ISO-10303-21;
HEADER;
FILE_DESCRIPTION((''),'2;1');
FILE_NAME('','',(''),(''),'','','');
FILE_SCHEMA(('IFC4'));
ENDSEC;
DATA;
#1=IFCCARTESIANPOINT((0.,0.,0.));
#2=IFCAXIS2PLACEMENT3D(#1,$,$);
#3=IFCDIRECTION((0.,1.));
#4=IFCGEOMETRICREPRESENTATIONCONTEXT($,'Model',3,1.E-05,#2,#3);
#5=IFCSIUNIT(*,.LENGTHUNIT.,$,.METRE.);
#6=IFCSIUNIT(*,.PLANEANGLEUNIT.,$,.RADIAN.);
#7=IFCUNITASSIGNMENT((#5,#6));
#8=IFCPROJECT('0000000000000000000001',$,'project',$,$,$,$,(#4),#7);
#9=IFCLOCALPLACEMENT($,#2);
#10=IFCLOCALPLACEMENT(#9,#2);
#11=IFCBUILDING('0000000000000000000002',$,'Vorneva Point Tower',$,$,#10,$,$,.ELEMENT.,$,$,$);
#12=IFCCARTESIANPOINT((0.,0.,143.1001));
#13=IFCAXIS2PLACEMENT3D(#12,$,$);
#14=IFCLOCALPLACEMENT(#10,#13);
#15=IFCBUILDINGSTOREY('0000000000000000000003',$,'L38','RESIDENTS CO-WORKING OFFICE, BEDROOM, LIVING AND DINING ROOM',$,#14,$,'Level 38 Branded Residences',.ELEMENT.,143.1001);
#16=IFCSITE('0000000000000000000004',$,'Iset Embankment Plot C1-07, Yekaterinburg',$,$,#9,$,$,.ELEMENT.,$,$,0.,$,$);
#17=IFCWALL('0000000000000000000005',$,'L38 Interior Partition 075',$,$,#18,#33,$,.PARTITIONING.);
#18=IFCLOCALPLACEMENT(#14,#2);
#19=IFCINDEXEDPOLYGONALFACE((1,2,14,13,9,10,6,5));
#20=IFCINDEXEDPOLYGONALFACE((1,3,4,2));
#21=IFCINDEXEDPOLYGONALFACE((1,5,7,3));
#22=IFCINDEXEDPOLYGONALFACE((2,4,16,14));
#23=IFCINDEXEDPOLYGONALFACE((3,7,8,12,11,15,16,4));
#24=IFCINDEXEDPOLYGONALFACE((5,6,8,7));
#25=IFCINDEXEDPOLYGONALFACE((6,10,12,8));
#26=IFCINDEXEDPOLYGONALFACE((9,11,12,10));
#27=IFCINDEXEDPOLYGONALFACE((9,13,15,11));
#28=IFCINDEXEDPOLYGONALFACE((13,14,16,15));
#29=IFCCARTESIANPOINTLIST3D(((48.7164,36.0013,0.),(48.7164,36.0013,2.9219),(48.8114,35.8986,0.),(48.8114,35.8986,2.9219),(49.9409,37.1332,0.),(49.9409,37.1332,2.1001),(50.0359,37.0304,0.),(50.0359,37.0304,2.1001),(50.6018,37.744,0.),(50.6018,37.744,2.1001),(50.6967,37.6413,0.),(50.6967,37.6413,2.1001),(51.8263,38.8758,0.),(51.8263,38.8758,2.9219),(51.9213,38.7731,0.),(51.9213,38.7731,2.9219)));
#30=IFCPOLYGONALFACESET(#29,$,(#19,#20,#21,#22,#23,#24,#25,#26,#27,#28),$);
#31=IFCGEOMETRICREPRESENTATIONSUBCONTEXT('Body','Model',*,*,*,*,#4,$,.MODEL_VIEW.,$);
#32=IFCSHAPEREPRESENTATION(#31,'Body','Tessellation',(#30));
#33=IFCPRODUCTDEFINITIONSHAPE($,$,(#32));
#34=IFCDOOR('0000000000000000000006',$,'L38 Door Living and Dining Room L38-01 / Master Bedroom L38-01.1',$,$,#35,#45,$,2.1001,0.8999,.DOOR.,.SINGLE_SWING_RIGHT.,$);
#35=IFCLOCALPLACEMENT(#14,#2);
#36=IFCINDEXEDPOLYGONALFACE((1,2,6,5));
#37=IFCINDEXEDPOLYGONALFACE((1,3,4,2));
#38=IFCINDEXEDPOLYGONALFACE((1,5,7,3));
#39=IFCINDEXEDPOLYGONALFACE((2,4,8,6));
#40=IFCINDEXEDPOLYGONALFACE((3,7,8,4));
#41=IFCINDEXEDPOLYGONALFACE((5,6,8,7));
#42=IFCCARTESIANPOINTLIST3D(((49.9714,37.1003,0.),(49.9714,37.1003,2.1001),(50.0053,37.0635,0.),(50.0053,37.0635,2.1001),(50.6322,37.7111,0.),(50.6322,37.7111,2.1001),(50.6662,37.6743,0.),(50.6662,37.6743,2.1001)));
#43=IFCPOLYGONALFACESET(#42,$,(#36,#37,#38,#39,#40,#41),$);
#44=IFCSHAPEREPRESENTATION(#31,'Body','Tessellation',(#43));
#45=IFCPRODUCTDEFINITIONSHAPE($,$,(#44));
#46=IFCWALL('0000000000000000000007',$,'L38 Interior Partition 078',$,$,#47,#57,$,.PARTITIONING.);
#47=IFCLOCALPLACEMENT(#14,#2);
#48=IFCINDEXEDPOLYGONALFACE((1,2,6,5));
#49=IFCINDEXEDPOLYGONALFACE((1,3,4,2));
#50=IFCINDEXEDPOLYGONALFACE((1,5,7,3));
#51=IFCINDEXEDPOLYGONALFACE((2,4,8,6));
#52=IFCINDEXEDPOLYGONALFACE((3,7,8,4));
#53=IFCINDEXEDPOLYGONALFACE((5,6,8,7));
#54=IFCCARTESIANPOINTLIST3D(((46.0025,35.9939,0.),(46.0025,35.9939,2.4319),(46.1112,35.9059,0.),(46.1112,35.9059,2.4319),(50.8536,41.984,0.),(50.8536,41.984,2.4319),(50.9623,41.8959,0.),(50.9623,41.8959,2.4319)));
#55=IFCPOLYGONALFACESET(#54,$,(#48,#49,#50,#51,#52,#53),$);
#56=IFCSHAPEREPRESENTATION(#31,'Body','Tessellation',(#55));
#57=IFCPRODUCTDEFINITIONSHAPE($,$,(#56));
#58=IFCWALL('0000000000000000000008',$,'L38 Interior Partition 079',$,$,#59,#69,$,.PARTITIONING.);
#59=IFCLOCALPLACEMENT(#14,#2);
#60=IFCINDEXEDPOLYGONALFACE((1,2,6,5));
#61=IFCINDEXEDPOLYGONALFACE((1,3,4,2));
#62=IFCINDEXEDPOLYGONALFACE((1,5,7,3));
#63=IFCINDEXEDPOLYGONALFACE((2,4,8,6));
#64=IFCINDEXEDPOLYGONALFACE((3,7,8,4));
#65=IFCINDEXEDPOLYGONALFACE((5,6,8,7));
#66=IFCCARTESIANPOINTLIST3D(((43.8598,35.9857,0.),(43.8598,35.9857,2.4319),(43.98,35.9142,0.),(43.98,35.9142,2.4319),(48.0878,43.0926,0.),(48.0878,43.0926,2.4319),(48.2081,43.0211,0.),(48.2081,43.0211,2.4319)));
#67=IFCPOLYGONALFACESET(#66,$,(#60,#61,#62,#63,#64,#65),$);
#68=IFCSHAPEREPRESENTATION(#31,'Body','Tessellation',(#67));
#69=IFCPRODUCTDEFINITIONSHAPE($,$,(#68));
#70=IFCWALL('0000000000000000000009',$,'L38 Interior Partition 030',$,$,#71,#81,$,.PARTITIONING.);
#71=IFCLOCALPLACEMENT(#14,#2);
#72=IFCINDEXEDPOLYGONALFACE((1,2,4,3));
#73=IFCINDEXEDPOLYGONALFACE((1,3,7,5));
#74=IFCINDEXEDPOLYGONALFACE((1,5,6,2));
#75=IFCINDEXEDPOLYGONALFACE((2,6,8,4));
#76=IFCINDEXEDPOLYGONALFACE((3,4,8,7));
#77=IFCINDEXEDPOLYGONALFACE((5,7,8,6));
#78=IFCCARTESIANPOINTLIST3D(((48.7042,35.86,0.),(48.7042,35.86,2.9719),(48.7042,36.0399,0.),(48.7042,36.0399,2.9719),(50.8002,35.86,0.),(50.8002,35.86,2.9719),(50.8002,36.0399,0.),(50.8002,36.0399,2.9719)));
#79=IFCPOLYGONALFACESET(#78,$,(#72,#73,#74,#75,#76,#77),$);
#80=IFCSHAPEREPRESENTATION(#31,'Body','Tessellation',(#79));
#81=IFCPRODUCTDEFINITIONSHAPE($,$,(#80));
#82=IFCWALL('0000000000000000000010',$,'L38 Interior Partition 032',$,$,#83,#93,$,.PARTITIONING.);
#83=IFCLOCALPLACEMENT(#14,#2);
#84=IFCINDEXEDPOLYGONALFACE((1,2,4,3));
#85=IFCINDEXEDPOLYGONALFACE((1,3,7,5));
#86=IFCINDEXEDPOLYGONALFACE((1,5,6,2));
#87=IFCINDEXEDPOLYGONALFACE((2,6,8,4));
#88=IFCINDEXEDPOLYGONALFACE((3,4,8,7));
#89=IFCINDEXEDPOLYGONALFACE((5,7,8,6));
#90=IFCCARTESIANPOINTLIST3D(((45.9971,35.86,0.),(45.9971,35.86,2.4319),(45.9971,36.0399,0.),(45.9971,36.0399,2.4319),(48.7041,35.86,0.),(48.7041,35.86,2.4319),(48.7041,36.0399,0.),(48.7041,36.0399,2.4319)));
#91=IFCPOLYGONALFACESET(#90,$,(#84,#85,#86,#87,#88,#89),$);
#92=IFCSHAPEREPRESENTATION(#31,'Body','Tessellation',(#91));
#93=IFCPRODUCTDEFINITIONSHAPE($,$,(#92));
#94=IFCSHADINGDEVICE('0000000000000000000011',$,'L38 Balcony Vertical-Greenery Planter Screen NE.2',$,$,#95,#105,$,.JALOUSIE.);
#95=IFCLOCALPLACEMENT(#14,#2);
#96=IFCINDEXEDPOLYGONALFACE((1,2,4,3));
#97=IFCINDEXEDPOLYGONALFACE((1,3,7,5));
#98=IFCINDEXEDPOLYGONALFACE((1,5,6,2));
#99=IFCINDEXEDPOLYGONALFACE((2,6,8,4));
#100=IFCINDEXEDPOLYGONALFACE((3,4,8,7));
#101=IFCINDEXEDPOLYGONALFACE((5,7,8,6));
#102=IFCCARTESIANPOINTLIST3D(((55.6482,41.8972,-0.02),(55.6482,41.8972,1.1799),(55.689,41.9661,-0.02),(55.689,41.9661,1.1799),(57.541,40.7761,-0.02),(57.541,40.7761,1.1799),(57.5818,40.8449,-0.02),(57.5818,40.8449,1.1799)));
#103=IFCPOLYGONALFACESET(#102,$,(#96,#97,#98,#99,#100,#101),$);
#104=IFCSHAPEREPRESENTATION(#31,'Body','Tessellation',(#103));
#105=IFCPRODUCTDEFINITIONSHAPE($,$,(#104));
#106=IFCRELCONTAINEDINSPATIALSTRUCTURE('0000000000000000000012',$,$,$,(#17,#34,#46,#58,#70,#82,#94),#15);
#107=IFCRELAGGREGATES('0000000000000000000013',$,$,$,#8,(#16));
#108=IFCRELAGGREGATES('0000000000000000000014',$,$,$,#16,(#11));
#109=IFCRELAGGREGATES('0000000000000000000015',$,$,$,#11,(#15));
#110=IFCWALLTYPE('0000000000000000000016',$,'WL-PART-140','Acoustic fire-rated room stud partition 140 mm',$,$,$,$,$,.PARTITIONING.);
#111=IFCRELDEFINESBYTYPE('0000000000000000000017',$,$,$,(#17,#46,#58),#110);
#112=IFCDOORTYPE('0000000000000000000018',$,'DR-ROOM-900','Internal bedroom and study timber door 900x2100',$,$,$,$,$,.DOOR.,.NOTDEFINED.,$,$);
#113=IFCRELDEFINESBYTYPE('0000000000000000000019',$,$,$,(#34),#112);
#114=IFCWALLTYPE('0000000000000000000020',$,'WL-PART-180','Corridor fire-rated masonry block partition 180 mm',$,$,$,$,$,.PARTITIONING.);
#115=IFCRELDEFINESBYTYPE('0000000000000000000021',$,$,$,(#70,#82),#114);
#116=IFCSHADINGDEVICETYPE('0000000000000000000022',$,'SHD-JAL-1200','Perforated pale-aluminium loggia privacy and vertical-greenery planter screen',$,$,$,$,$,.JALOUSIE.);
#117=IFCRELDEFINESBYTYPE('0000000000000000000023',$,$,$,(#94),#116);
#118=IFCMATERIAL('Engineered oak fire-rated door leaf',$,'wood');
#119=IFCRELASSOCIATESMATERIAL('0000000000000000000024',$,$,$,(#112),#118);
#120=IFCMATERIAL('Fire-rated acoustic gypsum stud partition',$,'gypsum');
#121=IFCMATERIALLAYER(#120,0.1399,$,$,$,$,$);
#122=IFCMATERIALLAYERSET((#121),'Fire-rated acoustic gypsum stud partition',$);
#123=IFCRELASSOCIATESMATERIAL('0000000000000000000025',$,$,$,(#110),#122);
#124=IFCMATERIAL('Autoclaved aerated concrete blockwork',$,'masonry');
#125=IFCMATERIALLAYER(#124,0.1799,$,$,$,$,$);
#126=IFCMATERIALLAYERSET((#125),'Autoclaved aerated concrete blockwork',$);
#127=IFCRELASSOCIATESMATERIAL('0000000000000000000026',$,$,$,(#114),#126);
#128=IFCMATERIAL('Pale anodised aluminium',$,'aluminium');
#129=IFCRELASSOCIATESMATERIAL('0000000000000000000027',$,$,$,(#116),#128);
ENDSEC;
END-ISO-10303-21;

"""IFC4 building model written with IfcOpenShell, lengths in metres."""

from ifc_helpers import new_model, si_unit, direction, frame, frame_2d, origin, origin_2d, place, context, subcontext, project, spatial, rectangle, extrude, material, layer, layer_set, type_object, element, fill, save


model = new_model("IFC4")

# Units and contexts
model_context = context("Model", 3, precision=1e-05, world=origin(), true_north=direction((0.0, 1.0)))
body_context = subcontext(model_context, "Body", "Model", "MODEL_VIEW")
ifc_project = project(units=[si_unit("LENGTHUNIT", "METRE"), si_unit("PLANEANGLEUNIT", "RADIAN")], contexts=[model_context])

# Site, building, storey
site_placement = place(None, origin())
site = spatial("IfcSite", under=ifc_project, at=site_placement, Name="Iset Embankment Plot C1-07, Yekaterinburg", CompositionType="ELEMENT", RefElevation=0.0)
building_placement = place(site_placement, origin())
building = spatial("IfcBuilding", under=site, at=building_placement, Name="Vorneva Point Tower", CompositionType="ELEMENT")
storey_placement = place(building_placement, frame((0.0, 0.0, 143.1001)))
storey = spatial("IfcBuildingStorey", under=building, at=storey_placement, Name="L38", Description="RESIDENTS CO-WORKING OFFICE, BEDROOM, LIVING AND DINING ROOM", LongName="Level 38 Branded Residences", CompositionType="ELEMENT", Elevation=143.1001)

# Shared definitions
ifc_material_1 = material(Name="Pale anodised aluminium", Category="aluminium")

# Shared definitions
ifc_material_2 = material(Name="Fire-rated acoustic gypsum stud partition", Category="gypsum")

# Wall, opening, door
ifc_material_3 = material(Name="Engineered oak fire-rated door leaf", Category="wood")
door_type = type_object("IfcDoorType", Name="DR-ROOM-900", Description="Internal bedroom and study timber door 900x2100", OperationType="NOTDEFINED", PredefinedType="DOOR", material=ifc_material_3)
ifc_layer_1 = layer(ifc_material_2, 0.1399)
ifc_layer_set_1 = layer_set([ifc_layer_1], Name="Fire-rated acoustic gypsum stud partition")
wall_type_1 = type_object("IfcWallType", Name="WL-PART-140", Description="Acoustic fire-rated room stud partition 140 mm", PredefinedType="PARTITIONING", material=ifc_layer_set_1)
wall_1_placement = place(storey_placement, frame((51.8738, 38.8245, 0.0), z_axis=(0.0, 0.0, 1.0), x_axis=(-0.734348, -0.678773, 0.0)))
wall_1 = element("IfcWall", 1, at=wall_1_placement, inside=storey, type_object=wall_type_1, Name="L38 Interior Partition 075", PredefinedType="PARTITIONING", context=body_context, shape_type="SweptSolid", body=[
    extrude(rectangle(XDim=4.2349, YDim=0.1399, at=frame_2d((2.1174, 0.0))), origin(), (0.0, 0.0, 1.0), 2.9219),
])
opening_1_placement = place(wall_1_placement, frame((1.6675, 0.0, 0.0)))
opening_1 = element("IfcOpeningElement", 2, at=opening_1_placement, cuts=wall_1, PredefinedType="OPENING", context=body_context, shape_type="SweptSolid", body=[
    extrude(rectangle(XDim=0.8999, YDim=2.1001, at=frame_2d((0.45, 1.05))), frame((0.0, 0.085, 0.0), z_axis=(0.0, -1.0, 0.0), x_axis=(1.0, 0.0, 0.0)), (0.0, 0.0, 1.0), 0.1697),
])
door_1_placement = place(opening_1_placement, origin())
door_1 = element("IfcDoor", 3, at=door_1_placement, inside=storey, type_object=door_type, Name="L38 Door Living and Dining Room L38-01 / Master Bedroom L38-01.1", OperationType="SINGLE_SWING_RIGHT", OverallHeight=2.1001, OverallWidth=0.8999, PredefinedType="DOOR", context=body_context, shape_type="SweptSolid", body=[
    extrude(rectangle(XDim=0.8999, YDim=2.1001, at=frame_2d((0.45, 1.05))), frame((0.0, 0.0249, 0.0), z_axis=(0.0, -1.0, 0.0), x_axis=(1.0, 0.0, 0.0)), (0.0, 0.0, 1.0), 0.05),
])
fill(opening_1, door_1)

# Walls
wall_2_placement = place(storey_placement, frame((50.908, 41.9399, 0.0), z_axis=(0.0, 0.0, 1.0), x_axis=(-0.629358, -0.777116, 0.0)))
element("IfcWall", 4, at=wall_2_placement, inside=storey, type_object=wall_type_1, Name="L38 Interior Partition 078", PredefinedType="PARTITIONING", context=body_context, shape_type="SweptSolid", body=[
    extrude(rectangle(XDim=7.708, YDim=0.1399, at=frame_2d((3.854, 0.0))), origin(), (0.0, 0.0, 1.0), 2.4319),
])
wall_3_placement = place(storey_placement, frame((48.1479, 43.0569, 0.0), z_axis=(0.0, 0.0, 1.0), x_axis=(-0.511279, -0.859415, 0.0)))
element("IfcWall", 5, at=wall_3_placement, inside=storey, type_object=wall_type_1, Name="L38 Interior Partition 079", PredefinedType="PARTITIONING", context=body_context, shape_type="SweptSolid", body=[
    extrude(rectangle(XDim=8.2695, YDim=0.1399, at=frame_2d((4.1348, 0.0))), origin(), (0.0, 0.0, 1.0), 2.4319),
])
ifc_material_4 = material(Name="Autoclaved aerated concrete blockwork", Category="masonry")
ifc_layer_2 = layer(ifc_material_4, 0.1799)
ifc_layer_set_2 = layer_set([ifc_layer_2], Name="Autoclaved aerated concrete blockwork")
wall_type_2 = type_object("IfcWallType", Name="WL-PART-180", Description="Corridor fire-rated masonry block partition 180 mm", PredefinedType="PARTITIONING", material=ifc_layer_set_2)
wall_4_placement = place(storey_placement, frame((50.8, 35.95, 0.0), z_axis=(0.0, 0.0, 1.0), x_axis=(-1.0, 0.0, 0.0)))
element("IfcWall", 6, at=wall_4_placement, inside=storey, type_object=wall_type_2, Name="L38 Interior Partition 030", PredefinedType="PARTITIONING", context=body_context, shape_type="SweptSolid", body=[
    extrude(rectangle(XDim=2.0959, YDim=0.1799, at=frame_2d((1.0479, 0.0))), origin(), (0.0, 0.0, 1.0), 2.9719),
])
wall_5_placement = place(storey_placement, frame((48.7041, 35.95, 0.0), z_axis=(0.0, 0.0, 1.0), x_axis=(-1.0, 0.0, 0.0)))
element("IfcWall", 7, at=wall_5_placement, inside=storey, type_object=wall_type_2, Name="L38 Interior Partition 032", PredefinedType="PARTITIONING", context=body_context, shape_type="SweptSolid", body=[
    extrude(rectangle(XDim=2.707, YDim=0.1799, at=frame_2d((1.3535, 0.0))), origin(), (0.0, 0.0, 1.0), 2.4319),
])

# Shading device
shading_device_type = type_object("IfcShadingDeviceType", Name="SHD-JAL-1200", Description="Perforated pale-aluminium loggia privacy and vertical-greenery planter screen", PredefinedType="JALOUSIE", material=ifc_material_1)
shading_device_placement = place(storey_placement, frame((56.615, 41.3711, -0.02), z_axis=(0.0, 0.0, 1.0), x_axis=(-0.860386, 0.509642, 0.0)))
element("IfcShadingDevice", 8, at=shading_device_placement, inside=storey, type_object=shading_device_type, Name="L38 Balcony Vertical-Greenery Planter Screen NE.2", PredefinedType="JALOUSIE", context=body_context, shape_type="SweptSolid", body=[
    extrude(rectangle(XDim=2.2, YDim=0.0801, at=origin_2d()), origin(), (0.0, 0.0, 1.0), 1.2),
])

save(model, "model.ifc")
